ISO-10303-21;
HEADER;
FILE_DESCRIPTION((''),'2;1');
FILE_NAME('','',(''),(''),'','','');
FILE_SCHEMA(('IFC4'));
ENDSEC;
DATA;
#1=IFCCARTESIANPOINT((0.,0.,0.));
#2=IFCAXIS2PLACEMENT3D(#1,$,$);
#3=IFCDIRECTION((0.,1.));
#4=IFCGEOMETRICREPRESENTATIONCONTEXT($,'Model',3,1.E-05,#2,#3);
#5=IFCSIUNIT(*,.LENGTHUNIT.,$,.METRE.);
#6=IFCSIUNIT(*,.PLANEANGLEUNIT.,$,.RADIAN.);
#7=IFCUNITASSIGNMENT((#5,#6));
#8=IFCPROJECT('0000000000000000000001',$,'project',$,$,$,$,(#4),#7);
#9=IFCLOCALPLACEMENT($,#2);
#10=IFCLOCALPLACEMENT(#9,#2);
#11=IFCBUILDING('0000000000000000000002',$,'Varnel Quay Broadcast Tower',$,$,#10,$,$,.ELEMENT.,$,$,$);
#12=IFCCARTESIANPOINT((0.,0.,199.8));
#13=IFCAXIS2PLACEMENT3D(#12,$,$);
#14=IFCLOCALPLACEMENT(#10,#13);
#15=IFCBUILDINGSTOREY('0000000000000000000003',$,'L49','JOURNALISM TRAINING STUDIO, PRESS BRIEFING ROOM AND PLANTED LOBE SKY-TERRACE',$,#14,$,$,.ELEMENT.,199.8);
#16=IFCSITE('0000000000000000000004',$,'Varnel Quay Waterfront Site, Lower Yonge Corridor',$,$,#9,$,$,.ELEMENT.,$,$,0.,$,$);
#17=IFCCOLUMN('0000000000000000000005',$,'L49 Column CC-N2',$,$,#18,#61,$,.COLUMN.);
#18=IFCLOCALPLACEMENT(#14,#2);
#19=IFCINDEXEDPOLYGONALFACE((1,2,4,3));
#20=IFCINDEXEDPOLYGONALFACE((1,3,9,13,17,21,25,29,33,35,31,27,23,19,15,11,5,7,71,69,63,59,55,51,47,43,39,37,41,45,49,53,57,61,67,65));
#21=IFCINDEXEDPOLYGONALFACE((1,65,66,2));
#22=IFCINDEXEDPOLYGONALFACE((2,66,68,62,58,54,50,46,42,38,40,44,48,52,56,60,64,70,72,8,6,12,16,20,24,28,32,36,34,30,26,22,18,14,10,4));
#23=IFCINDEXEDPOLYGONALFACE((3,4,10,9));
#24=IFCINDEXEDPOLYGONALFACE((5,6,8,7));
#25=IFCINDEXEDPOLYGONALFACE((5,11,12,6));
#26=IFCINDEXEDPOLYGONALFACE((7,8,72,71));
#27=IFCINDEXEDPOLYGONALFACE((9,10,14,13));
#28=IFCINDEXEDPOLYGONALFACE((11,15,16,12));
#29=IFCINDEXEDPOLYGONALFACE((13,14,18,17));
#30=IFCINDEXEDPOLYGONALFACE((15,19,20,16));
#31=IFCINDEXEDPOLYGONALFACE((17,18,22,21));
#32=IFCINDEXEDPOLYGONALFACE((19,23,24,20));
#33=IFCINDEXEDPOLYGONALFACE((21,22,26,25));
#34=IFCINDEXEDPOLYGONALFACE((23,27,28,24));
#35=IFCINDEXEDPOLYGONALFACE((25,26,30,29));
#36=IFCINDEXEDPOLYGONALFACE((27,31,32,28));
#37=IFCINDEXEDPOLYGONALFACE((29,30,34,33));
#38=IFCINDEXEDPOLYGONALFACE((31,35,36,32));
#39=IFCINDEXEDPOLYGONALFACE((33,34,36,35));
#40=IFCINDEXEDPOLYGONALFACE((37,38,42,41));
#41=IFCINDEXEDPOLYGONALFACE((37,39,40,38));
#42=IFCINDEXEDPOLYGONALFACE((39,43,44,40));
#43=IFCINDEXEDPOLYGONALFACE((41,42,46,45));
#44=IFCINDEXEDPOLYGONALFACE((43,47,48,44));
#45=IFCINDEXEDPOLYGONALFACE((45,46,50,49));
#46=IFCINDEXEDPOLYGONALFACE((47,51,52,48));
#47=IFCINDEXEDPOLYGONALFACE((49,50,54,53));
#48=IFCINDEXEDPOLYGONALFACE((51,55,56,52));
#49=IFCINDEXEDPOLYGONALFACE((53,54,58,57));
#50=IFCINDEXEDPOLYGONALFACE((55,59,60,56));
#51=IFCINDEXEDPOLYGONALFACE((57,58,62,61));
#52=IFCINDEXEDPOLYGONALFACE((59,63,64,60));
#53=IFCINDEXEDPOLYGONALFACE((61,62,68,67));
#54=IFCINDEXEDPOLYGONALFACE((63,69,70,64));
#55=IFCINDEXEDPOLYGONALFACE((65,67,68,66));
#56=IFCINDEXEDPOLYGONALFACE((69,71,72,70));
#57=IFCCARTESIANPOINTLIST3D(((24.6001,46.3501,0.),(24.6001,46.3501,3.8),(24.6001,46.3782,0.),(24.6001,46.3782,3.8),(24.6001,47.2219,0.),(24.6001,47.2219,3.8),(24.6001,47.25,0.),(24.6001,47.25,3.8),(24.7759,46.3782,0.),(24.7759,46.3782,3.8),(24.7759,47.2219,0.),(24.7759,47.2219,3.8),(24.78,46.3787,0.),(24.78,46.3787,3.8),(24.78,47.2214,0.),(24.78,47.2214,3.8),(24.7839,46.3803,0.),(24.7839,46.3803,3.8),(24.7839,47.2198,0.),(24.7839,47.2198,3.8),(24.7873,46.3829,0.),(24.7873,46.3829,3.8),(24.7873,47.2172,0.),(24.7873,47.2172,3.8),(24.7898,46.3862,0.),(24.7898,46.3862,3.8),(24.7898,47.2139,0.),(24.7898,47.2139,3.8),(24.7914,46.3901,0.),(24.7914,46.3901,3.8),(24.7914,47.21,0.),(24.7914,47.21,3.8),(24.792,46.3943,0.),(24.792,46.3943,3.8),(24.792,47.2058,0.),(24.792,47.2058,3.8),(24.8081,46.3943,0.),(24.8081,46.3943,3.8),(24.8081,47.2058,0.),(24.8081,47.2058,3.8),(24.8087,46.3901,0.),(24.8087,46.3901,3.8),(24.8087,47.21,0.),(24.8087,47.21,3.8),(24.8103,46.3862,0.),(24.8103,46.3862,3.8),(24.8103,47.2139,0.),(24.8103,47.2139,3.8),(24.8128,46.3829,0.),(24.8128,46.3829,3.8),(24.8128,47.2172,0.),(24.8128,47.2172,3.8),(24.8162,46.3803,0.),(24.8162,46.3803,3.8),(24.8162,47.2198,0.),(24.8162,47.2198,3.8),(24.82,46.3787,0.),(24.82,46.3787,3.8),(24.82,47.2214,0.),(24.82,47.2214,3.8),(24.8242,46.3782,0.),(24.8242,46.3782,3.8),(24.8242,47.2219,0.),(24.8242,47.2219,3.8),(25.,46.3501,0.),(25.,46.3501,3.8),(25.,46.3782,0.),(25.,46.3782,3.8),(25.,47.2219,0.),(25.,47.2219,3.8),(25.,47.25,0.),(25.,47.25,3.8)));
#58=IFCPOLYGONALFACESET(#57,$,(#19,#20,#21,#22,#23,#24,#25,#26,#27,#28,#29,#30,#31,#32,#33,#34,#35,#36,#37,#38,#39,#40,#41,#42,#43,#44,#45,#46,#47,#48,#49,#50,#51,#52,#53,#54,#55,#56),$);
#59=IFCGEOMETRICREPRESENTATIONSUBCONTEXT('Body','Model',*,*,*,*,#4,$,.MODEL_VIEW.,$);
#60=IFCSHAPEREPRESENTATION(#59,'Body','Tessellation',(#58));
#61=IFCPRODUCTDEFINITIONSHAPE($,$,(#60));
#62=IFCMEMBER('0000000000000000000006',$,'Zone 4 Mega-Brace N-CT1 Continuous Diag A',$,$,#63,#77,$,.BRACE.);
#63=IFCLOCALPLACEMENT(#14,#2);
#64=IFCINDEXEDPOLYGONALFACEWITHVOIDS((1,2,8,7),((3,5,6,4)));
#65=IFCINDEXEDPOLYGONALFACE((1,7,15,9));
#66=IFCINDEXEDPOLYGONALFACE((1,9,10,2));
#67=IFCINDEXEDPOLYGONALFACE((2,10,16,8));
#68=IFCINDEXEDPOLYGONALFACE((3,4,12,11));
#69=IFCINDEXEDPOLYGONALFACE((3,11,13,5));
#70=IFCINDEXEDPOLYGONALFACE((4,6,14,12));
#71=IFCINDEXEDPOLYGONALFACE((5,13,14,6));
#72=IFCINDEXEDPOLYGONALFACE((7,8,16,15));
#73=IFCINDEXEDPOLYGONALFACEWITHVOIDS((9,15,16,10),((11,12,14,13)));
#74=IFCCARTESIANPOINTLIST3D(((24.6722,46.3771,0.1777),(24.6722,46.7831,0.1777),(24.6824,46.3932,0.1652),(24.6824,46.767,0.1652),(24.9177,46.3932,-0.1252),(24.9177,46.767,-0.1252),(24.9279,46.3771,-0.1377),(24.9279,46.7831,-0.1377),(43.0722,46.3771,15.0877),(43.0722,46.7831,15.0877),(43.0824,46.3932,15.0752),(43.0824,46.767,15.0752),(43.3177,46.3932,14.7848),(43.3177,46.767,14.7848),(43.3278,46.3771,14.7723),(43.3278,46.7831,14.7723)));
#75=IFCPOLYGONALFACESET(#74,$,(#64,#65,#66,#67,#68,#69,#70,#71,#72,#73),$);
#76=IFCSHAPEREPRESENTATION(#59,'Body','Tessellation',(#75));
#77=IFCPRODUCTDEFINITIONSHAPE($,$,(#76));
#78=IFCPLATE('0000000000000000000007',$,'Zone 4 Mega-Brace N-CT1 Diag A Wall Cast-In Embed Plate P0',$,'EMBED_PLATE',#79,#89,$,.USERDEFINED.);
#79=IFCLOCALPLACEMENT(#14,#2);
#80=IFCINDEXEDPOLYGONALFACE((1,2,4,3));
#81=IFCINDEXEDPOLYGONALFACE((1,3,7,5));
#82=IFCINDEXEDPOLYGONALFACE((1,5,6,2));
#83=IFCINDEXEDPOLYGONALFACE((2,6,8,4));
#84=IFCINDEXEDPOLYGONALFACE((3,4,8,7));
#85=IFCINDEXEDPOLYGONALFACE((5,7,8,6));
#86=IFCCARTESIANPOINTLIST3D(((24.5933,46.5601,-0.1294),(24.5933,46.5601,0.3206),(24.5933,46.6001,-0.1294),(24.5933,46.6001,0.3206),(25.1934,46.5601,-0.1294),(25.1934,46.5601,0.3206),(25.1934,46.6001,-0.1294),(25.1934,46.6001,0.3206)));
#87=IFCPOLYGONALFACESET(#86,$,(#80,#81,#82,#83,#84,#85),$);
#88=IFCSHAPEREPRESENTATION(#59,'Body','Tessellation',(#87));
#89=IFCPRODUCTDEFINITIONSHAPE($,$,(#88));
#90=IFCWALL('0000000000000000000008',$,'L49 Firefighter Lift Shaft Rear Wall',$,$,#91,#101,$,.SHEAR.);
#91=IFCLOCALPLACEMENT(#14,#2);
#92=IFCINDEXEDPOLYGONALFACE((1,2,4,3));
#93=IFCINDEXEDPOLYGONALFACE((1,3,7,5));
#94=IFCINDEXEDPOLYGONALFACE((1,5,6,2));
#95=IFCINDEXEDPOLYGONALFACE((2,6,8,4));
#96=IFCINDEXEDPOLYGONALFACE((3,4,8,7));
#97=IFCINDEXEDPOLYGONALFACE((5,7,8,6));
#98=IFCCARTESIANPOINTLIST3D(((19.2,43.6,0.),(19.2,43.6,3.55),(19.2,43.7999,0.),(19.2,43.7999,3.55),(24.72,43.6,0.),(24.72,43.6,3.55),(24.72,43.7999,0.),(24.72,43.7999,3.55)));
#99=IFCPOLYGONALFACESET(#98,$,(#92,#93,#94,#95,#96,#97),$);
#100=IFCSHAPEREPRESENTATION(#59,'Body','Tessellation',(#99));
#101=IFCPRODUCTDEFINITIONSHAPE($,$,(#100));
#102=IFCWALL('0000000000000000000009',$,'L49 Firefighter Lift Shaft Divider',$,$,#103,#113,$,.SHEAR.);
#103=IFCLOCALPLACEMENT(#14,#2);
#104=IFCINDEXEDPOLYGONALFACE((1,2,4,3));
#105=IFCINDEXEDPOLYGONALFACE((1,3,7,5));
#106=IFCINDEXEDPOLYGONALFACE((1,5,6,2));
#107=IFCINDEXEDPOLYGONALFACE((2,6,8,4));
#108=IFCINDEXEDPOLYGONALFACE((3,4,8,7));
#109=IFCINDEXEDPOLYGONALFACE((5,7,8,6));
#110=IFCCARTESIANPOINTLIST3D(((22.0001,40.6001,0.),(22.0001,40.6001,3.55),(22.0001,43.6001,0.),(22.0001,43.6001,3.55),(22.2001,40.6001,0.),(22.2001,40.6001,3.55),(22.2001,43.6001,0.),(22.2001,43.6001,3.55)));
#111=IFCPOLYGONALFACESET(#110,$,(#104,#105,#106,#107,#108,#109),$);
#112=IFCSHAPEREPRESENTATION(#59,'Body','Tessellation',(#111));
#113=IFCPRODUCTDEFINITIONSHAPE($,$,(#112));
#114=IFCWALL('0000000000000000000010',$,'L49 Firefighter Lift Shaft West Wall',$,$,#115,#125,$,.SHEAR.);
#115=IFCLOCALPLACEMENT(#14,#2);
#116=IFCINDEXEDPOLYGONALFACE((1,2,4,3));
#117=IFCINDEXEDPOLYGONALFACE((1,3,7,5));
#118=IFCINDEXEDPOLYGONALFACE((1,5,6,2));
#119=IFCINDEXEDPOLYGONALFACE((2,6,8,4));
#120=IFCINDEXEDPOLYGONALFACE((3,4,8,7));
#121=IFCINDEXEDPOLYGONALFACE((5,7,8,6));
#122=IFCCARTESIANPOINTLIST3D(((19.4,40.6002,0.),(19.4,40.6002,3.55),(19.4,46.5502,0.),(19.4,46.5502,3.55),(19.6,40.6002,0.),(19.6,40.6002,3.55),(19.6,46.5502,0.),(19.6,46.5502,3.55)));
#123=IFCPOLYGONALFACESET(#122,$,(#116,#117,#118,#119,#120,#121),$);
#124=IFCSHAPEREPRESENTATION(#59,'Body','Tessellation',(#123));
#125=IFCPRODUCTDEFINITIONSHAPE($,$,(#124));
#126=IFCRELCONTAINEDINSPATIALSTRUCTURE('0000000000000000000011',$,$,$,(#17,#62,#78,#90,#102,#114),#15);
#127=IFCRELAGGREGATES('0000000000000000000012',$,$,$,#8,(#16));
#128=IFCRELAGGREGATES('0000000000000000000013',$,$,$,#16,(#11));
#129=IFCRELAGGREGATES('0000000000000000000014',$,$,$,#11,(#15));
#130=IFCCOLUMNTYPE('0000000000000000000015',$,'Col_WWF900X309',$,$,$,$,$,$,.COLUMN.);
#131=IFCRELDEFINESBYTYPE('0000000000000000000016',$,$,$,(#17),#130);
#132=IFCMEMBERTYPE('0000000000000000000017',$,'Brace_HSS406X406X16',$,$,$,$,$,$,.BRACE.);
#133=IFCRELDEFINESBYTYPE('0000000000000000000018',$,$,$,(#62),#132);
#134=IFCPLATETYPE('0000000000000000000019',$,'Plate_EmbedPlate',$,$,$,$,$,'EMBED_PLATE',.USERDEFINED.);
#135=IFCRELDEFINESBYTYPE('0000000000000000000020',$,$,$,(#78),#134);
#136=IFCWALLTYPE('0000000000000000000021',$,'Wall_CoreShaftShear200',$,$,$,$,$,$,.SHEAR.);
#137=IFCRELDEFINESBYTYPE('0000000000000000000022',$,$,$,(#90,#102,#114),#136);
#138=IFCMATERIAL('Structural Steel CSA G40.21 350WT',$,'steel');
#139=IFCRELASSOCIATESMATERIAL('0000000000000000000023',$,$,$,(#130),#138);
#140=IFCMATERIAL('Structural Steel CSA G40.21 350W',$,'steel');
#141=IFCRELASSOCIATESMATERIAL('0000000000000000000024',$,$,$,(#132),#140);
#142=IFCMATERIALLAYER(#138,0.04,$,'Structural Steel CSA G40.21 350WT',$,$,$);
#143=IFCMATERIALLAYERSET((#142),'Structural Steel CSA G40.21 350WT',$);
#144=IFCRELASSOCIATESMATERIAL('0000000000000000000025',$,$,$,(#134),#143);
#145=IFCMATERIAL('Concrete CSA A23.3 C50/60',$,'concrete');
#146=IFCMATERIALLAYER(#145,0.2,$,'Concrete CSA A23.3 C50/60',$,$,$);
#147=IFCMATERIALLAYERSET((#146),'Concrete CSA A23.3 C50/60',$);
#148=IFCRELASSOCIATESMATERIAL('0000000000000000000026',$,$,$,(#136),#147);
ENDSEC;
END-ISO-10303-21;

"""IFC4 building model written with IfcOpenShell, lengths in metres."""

from ifc_helpers import new_model, si_unit, direction, frame, frame_2d, origin, origin_2d, place, context, subcontext, project, spatial, rectangle, hollow_rectangle, i_section, extrude, source, transform, mapped, material, layer, layer_set, material_profile, profile_set, type_object, type_shapes, element, save


model = new_model("IFC4")

# Units and contexts
model_context = context("Model", 3, precision=1e-05, world=origin(), true_north=direction((0.0, 1.0)))
body_context = subcontext(model_context, "Body", "Model", "MODEL_VIEW")
ifc_project = project(units=[si_unit("LENGTHUNIT", "METRE"), si_unit("PLANEANGLEUNIT", "RADIAN")], contexts=[model_context])

# Site, building, storey
site_placement = place(None, origin())
site = spatial("IfcSite", under=ifc_project, at=site_placement, Name="Varnel Quay Waterfront Site, Lower Yonge Corridor", CompositionType="ELEMENT", RefElevation=0.0)
building_placement = place(site_placement, origin())
building = spatial("IfcBuilding", under=site, at=building_placement, Name="Varnel Quay Broadcast Tower", CompositionType="ELEMENT")
storey_placement = place(building_placement, frame((0.0, 0.0, 199.8)))
storey = spatial("IfcBuildingStorey", under=building, at=storey_placement, Name="L49", Description="JOURNALISM TRAINING STUDIO, PRESS BRIEFING ROOM AND PLANTED LOBE SKY-TERRACE", CompositionType="ELEMENT", Elevation=199.8)

# Column
ifc_material_1 = material(Name="Structural Steel CSA G40.21 350WT", Category="steel")
ifc_material_profile_1 = material_profile(ifc_material_1, i_section(OverallWidth=0.3999, OverallDepth=0.8999, WebThickness=0.0161, FlangeThickness=0.0281, FilletRadius=0.0161, at=origin_2d()), Name="WWF900X309")
ifc_profile_set_1 = profile_set([ifc_material_profile_1], Name="Structural Steel CSA G40.21 350WT")
column_type = type_object("IfcColumnType", Name="Col_WWF900X309", PredefinedType="COLUMN", material=ifc_profile_set_1)
shared_shape_1 = source(origin(), body_context, "Body", "SweptSolid", [
    extrude(i_section(OverallWidth=0.3999, OverallDepth=0.8999, WebThickness=0.0161, FlangeThickness=0.0281, FilletRadius=0.0161, at=origin_2d()), origin(), (0.0, 0.0, 1.0), 3.8),
])
type_shapes(column_type, [shared_shape_1])
column_placement = place(storey_placement, frame((24.8, 46.8, 0.0), z_axis=(0.0, 0.0, 1.0), x_axis=(1.0, 0.0, 0.0)))
element("IfcColumn", 1, at=column_placement, inside=storey, type_object=column_type, Name="L49 Column CC-N2", PredefinedType="COLUMN", context=body_context, shape_type="MappedRepresentation", body=[
    mapped(shared_shape_1, transform((0.0, 0.0, 0.0), x_axis=(1.0, 0.0, 0.0), y_axis=(0.0, 1.0, 0.0), z_axis=(0.0, 0.0, 1.0), scale=1.0)),
])

# Member
ifc_material_2 = material(Name="Structural Steel CSA G40.21 350W", Category="steel")
ifc_material_profile_2 = material_profile(ifc_material_2, hollow_rectangle(XDim=0.406, YDim=0.406, WallThickness=0.0161, at=origin_2d()), Name="HSS406X406X16")
ifc_profile_set_2 = profile_set([ifc_material_profile_2], Name="Structural Steel CSA G40.21 350W")
member_type = type_object("IfcMemberType", Name="Brace_HSS406X406X16", PredefinedType="BRACE", material=ifc_profile_set_2)
shared_shape_2 = source(origin(), body_context, "Body", "SweptSolid", [
    extrude(hollow_rectangle(XDim=0.406, YDim=0.406, WallThickness=0.0161, at=origin_2d()), origin(), (0.0, 0.0, 1.0), 23.6826),
])
type_shapes(member_type, [shared_shape_2])
member_placement = place(storey_placement, frame((24.8, 46.5801, 0.02), z_axis=(0.77694, 0.0, 0.629574), x_axis=(0.0, 1.0, 0.0)))
element("IfcMember", 2, at=member_placement, inside=storey, type_object=member_type, Name="Zone 4 Mega-Brace N-CT1 Continuous Diag A", PredefinedType="BRACE", context=body_context, shape_type="MappedRepresentation", body=[
    mapped(shared_shape_2, transform((0.0, 0.0, 0.0), x_axis=(1.0, 0.0, 0.0), y_axis=(0.0, 1.0, 0.0), z_axis=(0.0, 0.0, 1.0), scale=1.0)),
])

# Plate
ifc_layer_1 = layer(ifc_material_1, 0.04, Name="Structural Steel CSA G40.21 350WT")
ifc_layer_set_1 = layer_set([ifc_layer_1], Name="Structural Steel CSA G40.21 350WT")
plate_type = type_object("IfcPlateType", Name="Plate_EmbedPlate", ElementType="EMBED_PLATE", PredefinedType="USERDEFINED", material=ifc_layer_set_1)
shared_shape_3 = source(origin(), body_context, "Body", "SweptSolid", [
    extrude(rectangle(XDim=0.6001, YDim=0.04, at=origin_2d()), origin(), (0.0, 0.0, 1.0), 0.45),
])
type_shapes(plate_type, [shared_shape_3])
plate_placement = place(storey_placement, frame((24.8933, 46.5801, -0.1294), z_axis=(0.0, 0.0, 1.0), x_axis=(1.0, 0.0, 0.0)))
element("IfcPlate", 3, at=plate_placement, inside=storey, type_object=plate_type, Name="Zone 4 Mega-Brace N-CT1 Diag A Wall Cast-In Embed Plate P0", ObjectType="EMBED_PLATE", PredefinedType="USERDEFINED", context=body_context, shape_type="MappedRepresentation", body=[
    mapped(shared_shape_3, transform((0.0, 0.0, 0.0), x_axis=(1.0, 0.0, 0.0), y_axis=(0.0, 1.0, 0.0), z_axis=(0.0, 0.0, 1.0), scale=1.0)),
])

# Walls
ifc_material_3 = material(Name="Concrete CSA A23.3 C50/60", Category="concrete")
ifc_layer_2 = layer(ifc_material_3, 0.2, Name="Concrete CSA A23.3 C50/60")
ifc_layer_set_2 = layer_set([ifc_layer_2], Name="Concrete CSA A23.3 C50/60")
wall_type_1 = type_object("IfcWallType", Name="Wall_CoreShaftShear200", PredefinedType="SHEAR", material=ifc_layer_set_2)
wall_1_placement = place(storey_placement, frame((19.2, 43.7, 0.0), z_axis=(0.0, 0.0, 1.0), x_axis=(1.0, 0.0, 0.0)))
element("IfcWall", 4, at=wall_1_placement, inside=storey, type_object=wall_type_1, Name="L49 Firefighter Lift Shaft Rear Wall", PredefinedType="SHEAR", context=body_context, shape_type="SweptSolid", body=[
    extrude(rectangle(XDim=5.52, YDim=0.2, at=frame_2d((2.76, 0.0))), origin(), (0.0, 0.0, 1.0), 3.55),
])
wall_2_placement = place(storey_placement, frame((22.1001, 40.6001, 0.0), z_axis=(0.0, 0.0, 1.0), x_axis=(0.0, 1.0, 0.0)))
element("IfcWall", 5, at=wall_2_placement, inside=storey, type_object=wall_type_1, Name="L49 Firefighter Lift Shaft Divider", PredefinedType="SHEAR", context=body_context, shape_type="SweptSolid", body=[
    extrude(rectangle(XDim=3.0, YDim=0.2, at=frame_2d((1.5, 0.0))), origin(), (0.0, 0.0, 1.0), 3.55),
])
wall_3_placement = place(storey_placement, frame((19.5, 40.6001, 0.0), z_axis=(0.0, 0.0, 1.0), x_axis=(0.0, 1.0, 0.0)))
element("IfcWall", 6, at=wall_3_placement, inside=storey, type_object=wall_type_1, Name="L49 Firefighter Lift Shaft West Wall", PredefinedType="SHEAR", context=body_context, shape_type="SweptSolid", body=[
    extrude(rectangle(XDim=5.95, YDim=0.2, at=frame_2d((2.9751, 0.0))), origin(), (0.0, 0.0, 1.0), 3.55),
])

save(model, "model.ifc")
